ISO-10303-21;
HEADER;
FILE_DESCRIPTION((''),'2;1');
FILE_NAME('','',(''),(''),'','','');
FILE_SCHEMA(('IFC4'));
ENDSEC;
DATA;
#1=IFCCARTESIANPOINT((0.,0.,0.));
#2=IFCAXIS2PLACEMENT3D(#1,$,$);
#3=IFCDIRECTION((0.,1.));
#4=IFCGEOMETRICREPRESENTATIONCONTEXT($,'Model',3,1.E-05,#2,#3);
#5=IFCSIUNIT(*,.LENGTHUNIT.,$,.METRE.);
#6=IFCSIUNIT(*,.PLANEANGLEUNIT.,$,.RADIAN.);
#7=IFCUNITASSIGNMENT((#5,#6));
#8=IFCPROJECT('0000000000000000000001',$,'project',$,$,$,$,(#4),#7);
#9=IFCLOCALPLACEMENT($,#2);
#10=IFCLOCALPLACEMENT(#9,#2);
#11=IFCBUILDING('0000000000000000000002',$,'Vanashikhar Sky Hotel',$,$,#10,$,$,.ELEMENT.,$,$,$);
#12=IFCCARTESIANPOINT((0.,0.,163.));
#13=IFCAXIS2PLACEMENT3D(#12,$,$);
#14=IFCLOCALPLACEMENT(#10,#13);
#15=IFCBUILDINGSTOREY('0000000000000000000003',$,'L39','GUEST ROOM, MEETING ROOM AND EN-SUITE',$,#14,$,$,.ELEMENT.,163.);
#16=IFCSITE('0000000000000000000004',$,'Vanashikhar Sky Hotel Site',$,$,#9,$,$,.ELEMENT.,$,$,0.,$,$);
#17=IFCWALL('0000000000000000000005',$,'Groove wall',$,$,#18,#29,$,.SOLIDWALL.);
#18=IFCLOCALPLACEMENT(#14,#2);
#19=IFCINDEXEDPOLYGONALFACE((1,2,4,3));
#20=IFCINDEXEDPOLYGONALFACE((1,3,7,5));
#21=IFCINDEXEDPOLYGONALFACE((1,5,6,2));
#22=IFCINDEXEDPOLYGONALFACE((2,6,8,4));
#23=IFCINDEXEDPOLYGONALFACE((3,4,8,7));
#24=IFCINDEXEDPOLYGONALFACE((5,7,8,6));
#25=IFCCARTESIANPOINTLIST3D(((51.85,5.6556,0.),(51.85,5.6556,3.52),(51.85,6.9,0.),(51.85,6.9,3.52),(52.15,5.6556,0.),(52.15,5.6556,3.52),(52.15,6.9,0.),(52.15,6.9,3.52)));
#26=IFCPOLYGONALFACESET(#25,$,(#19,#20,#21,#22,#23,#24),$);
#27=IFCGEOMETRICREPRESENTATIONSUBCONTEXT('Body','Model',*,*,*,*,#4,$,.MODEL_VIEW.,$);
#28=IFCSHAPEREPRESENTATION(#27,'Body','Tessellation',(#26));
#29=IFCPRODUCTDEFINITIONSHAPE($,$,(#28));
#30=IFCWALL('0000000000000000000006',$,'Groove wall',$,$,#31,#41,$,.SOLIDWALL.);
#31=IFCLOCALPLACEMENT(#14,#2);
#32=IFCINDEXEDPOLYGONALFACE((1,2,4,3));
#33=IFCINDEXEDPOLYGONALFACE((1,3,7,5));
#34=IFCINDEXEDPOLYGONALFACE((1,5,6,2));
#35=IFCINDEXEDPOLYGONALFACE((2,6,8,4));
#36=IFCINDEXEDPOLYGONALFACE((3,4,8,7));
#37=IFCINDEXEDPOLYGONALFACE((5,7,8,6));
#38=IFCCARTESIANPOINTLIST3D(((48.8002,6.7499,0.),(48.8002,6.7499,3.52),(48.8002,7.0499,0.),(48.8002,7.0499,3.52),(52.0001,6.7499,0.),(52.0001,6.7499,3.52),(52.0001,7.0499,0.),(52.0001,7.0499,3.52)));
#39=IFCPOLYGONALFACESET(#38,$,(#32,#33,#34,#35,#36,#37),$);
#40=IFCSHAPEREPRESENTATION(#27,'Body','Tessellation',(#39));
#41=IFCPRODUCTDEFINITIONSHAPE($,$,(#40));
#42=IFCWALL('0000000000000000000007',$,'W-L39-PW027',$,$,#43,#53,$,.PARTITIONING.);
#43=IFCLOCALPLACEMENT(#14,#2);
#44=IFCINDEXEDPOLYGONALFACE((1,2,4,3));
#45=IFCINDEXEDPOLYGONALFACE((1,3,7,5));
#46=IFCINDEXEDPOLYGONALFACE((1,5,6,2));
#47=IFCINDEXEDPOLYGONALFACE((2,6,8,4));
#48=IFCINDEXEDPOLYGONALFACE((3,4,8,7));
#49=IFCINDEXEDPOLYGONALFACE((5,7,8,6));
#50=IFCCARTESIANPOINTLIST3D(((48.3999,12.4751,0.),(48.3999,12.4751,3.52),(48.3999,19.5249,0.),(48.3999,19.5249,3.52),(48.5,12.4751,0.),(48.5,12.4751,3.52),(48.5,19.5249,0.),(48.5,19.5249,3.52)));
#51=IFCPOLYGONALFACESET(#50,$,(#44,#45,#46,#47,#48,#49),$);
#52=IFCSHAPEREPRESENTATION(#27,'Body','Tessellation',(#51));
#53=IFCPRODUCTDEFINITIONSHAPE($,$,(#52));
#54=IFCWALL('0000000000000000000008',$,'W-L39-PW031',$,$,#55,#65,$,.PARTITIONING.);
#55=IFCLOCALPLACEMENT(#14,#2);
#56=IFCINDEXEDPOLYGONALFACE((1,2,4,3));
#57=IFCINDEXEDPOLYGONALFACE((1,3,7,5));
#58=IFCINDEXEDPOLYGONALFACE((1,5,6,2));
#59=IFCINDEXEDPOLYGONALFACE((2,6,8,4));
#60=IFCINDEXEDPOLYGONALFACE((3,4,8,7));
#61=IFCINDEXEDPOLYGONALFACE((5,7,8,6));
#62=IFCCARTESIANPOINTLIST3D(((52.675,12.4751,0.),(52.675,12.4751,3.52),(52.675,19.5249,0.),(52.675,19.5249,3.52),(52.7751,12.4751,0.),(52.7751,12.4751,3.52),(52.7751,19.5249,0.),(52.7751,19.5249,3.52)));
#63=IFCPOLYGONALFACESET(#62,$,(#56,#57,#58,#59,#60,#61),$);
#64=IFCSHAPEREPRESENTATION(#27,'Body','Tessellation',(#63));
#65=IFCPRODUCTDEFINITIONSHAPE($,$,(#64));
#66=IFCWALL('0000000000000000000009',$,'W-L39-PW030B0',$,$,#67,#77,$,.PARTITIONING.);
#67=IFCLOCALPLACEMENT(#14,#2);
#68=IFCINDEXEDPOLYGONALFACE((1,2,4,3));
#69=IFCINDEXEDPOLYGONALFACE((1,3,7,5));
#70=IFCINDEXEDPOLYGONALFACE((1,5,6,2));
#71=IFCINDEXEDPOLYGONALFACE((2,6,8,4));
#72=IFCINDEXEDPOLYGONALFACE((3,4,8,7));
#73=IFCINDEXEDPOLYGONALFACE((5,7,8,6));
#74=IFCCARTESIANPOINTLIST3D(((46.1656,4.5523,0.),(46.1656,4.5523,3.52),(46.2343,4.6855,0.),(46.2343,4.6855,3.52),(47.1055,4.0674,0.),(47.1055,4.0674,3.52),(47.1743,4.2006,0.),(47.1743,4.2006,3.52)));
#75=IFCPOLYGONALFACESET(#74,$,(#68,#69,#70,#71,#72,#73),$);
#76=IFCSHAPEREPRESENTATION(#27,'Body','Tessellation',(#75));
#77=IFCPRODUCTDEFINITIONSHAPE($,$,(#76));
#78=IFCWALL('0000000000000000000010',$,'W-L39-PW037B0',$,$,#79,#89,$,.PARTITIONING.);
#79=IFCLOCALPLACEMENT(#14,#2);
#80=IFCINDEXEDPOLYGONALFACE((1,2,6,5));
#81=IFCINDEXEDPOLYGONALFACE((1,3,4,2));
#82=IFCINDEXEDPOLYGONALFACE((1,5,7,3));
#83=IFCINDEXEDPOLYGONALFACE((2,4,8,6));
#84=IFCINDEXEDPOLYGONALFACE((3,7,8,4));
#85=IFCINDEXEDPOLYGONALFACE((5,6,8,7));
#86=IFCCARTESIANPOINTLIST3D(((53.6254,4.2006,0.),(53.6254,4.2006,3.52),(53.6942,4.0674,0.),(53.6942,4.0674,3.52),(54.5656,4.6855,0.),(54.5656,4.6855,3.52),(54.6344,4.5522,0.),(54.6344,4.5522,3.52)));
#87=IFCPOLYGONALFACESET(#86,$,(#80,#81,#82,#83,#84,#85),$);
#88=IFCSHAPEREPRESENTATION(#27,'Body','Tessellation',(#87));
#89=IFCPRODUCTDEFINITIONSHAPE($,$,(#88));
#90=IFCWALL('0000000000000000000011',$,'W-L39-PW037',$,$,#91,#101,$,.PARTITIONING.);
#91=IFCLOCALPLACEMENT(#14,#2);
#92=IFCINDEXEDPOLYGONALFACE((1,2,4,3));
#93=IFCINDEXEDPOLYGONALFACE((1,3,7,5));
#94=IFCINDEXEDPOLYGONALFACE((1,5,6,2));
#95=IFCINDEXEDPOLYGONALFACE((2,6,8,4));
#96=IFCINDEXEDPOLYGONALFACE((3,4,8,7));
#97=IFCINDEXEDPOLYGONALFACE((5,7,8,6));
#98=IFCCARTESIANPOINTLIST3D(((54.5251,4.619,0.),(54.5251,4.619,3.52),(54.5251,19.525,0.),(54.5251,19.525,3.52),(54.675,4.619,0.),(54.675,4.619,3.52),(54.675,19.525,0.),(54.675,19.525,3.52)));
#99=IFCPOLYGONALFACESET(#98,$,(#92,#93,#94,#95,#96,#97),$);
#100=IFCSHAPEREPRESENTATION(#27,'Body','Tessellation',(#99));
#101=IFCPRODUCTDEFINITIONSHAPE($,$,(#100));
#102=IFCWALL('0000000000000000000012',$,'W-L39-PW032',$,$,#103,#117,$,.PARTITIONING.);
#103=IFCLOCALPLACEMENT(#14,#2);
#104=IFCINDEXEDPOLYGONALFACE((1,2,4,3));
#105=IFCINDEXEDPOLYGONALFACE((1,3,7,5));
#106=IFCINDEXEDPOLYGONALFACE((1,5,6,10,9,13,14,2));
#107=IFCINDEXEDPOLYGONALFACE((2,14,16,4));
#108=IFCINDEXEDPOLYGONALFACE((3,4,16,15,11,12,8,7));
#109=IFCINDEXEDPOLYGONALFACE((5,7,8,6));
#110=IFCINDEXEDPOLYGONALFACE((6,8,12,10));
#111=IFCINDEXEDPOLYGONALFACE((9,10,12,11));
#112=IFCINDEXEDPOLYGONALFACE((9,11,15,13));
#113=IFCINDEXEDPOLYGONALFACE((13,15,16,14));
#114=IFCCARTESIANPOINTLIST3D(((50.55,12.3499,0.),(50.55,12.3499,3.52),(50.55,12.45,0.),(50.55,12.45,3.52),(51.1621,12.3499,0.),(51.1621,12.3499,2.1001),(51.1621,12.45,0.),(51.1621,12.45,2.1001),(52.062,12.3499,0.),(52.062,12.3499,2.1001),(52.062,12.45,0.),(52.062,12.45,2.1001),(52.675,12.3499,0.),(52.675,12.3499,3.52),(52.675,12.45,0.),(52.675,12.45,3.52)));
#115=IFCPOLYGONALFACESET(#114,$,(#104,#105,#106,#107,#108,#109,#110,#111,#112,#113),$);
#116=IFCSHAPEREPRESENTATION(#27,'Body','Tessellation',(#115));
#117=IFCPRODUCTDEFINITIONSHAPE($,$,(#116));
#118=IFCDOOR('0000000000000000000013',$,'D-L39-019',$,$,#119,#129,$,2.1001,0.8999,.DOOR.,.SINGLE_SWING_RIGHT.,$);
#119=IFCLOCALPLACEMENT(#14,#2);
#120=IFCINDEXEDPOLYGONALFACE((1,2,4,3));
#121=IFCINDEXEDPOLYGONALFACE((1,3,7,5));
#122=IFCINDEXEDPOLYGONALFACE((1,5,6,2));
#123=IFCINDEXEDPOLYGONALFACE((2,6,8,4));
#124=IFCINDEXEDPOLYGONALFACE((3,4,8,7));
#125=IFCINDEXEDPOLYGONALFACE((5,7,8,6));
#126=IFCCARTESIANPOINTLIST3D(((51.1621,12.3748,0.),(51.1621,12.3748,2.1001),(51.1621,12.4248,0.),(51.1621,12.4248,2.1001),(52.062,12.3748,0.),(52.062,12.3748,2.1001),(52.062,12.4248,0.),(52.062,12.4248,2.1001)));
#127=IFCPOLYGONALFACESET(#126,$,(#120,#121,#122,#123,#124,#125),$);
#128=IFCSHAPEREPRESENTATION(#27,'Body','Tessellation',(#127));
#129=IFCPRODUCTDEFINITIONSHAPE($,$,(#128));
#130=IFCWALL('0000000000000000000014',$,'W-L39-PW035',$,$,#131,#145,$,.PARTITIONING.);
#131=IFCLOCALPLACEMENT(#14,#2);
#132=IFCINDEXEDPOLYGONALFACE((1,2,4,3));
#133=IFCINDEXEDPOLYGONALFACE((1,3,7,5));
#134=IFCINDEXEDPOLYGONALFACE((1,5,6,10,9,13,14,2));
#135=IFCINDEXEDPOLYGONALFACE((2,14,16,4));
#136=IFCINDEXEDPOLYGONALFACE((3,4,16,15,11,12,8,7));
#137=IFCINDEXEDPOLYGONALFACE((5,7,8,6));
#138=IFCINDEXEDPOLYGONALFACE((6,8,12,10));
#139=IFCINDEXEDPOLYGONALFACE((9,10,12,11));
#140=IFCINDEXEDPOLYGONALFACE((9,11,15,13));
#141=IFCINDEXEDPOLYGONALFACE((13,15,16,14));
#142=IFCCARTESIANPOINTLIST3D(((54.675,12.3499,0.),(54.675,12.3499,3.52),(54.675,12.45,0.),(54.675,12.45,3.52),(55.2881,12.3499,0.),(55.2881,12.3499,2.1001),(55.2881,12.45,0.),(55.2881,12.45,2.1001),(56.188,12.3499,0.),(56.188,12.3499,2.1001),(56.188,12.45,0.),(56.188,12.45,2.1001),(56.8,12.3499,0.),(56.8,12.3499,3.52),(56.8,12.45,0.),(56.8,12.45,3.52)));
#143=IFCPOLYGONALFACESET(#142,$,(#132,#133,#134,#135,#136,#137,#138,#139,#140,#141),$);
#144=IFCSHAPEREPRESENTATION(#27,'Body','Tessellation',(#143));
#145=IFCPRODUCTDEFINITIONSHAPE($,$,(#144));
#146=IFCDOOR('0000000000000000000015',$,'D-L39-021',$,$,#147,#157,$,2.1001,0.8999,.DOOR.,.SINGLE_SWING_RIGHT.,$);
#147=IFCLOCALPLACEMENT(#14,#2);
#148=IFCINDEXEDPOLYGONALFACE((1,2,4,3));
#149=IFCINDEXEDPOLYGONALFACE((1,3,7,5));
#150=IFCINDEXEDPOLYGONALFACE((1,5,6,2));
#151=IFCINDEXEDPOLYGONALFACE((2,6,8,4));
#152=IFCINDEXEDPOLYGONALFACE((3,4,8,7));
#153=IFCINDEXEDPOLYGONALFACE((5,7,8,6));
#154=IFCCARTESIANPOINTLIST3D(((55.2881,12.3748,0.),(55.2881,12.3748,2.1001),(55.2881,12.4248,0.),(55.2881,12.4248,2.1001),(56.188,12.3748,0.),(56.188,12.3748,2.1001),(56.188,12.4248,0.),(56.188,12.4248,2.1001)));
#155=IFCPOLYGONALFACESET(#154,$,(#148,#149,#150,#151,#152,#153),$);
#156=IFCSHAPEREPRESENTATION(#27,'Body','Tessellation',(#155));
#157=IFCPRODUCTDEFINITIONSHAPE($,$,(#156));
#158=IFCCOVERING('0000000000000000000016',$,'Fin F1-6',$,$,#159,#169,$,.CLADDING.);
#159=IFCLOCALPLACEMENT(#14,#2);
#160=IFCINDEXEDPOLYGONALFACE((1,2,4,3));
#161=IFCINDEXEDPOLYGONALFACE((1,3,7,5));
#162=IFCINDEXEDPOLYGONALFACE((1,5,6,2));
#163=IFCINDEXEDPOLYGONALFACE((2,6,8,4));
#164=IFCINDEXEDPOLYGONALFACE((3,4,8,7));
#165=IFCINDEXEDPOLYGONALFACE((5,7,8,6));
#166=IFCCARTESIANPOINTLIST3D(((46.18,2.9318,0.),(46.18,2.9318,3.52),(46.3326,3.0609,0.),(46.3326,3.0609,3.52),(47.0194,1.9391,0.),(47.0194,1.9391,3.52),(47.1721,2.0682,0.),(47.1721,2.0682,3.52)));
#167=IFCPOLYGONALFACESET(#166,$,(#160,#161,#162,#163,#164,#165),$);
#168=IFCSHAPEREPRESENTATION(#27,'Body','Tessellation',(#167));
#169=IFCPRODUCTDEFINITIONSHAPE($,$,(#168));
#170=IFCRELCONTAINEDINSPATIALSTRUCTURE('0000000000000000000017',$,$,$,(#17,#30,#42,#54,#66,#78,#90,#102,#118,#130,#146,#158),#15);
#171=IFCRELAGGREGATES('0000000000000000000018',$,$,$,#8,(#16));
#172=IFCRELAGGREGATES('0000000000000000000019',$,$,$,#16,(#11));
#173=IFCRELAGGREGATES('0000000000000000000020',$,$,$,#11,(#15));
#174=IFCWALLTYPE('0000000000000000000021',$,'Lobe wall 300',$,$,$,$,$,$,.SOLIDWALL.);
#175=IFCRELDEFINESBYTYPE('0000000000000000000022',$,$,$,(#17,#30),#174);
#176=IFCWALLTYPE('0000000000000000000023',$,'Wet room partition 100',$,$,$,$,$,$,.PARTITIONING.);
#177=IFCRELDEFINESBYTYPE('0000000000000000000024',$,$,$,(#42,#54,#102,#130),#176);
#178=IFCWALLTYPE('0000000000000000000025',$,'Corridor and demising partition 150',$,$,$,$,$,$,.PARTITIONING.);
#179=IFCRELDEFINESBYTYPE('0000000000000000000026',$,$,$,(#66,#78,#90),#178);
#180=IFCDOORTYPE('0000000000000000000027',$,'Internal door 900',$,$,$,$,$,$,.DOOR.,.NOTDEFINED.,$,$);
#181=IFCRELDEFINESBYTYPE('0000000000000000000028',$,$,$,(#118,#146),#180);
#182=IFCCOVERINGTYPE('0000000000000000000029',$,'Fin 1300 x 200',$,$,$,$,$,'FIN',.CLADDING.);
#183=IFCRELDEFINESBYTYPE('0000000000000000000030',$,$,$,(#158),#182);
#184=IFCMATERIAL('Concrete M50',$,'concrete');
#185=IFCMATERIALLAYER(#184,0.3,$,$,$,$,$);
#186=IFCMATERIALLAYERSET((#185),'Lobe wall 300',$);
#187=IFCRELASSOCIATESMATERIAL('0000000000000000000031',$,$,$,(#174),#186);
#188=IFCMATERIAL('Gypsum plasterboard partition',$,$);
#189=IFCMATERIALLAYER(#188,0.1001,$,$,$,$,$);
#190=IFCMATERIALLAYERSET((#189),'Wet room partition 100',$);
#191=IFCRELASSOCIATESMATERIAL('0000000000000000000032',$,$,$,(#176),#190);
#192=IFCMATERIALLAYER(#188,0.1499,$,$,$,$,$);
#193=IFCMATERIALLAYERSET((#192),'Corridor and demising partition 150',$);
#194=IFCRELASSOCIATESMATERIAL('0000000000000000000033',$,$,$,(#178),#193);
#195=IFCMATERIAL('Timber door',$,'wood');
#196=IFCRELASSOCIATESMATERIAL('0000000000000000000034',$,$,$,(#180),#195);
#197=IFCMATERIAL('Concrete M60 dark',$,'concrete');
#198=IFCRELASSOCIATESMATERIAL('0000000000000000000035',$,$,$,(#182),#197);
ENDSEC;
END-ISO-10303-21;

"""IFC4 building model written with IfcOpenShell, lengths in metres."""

from ifc_helpers import new_model, si_unit, direction, frame, frame_2d, origin, origin_2d, place, context, subcontext, project, spatial, rectangle, extrude, source, transform, mapped, material, layer, layer_set, material_profile, profile_set, type_object, element, fill, save


model = new_model("IFC4")

# Units and contexts
model_context = context("Model", 3, precision=1e-05, world=origin(), true_north=direction((0.0, 1.0)))
body_context = subcontext(model_context, "Body", "Model", "MODEL_VIEW")
ifc_project = project(units=[si_unit("LENGTHUNIT", "METRE"), si_unit("PLANEANGLEUNIT", "RADIAN")], contexts=[model_context])

# Site, building, storey
site_placement = place(None, origin())
site = spatial("IfcSite", under=ifc_project, at=site_placement, Name="Vanashikhar Sky Hotel Site", CompositionType="ELEMENT", RefElevation=0.0)
building_placement = place(site_placement, origin())
building = spatial("IfcBuilding", under=site, at=building_placement, Name="Vanashikhar Sky Hotel", CompositionType="ELEMENT")
storey_placement = place(building_placement, frame((0.0, 0.0, 163.0)))
storey = spatial("IfcBuildingStorey", under=building, at=storey_placement, Name="L39", Description="GUEST ROOM, MEETING ROOM AND EN-SUITE", CompositionType="ELEMENT", Elevation=163.0)

# Shared definitions
ifc_material_1 = material(Name="Concrete M50", Category="concrete")

# Shared definitions
ifc_layer_1 = layer(ifc_material_1, 0.3)
ifc_layer_set_1 = layer_set([ifc_layer_1], Name="Lobe wall 300")
wall_type_1 = type_object("IfcWallType", Name="Lobe wall 300", PredefinedType="SOLIDWALL", material=ifc_layer_set_1)

# Walls
shared_shape_1 = source(origin(), body_context, "Body", "SweptSolid", [
    extrude(rectangle(XDim=1.2444, YDim=0.3, at=frame_2d((0.6221, 0.0))), origin(), (0.0, 0.0, 1.0), 3.52),
])
for number, where, z_axis, x_axis, name in (
    (1, (52.0, 6.8999, 0.0), (0.0, 0.0, 1.0), (0.0, -1.0, 0.0), "Groove wall"),
):
    element("IfcWall", number, at=place(storey_placement, frame(where, z_axis=z_axis, x_axis=x_axis)), inside=storey, type_object=wall_type_1, Name=name, PredefinedType="SOLIDWALL", context=body_context, shape_type="MappedRepresentation", body=[
        mapped(shared_shape_1, transform((0.0, 0.0, 0.0), scale=1.0)),
    ])
shared_shape_2 = source(origin(), body_context, "Body", "SweptSolid", [
    extrude(rectangle(XDim=3.2, YDim=0.3, at=frame_2d((1.6001, 0.0))), origin(), (0.0, 0.0, 1.0), 3.52),
])
wall_1_placement = place(storey_placement, frame((48.8, 6.8999, 0.0), z_axis=(0.0, 0.0, 1.0), x_axis=(1.0, 0.0, 0.0)))
element("IfcWall", 2, at=wall_1_placement, inside=storey, type_object=wall_type_1, Name="Groove wall", PredefinedType="SOLIDWALL", context=body_context, shape_type="MappedRepresentation", body=[
    mapped(shared_shape_2, transform((0.0, 0.0, 0.0), scale=1.0)),
])
ifc_material_2 = material(Name="Gypsum plasterboard partition")
ifc_layer_2 = layer(ifc_material_2, 0.1001)
ifc_layer_set_2 = layer_set([ifc_layer_2], Name="Wet room partition 100")
wall_type_2 = type_object("IfcWallType", Name="Wet room partition 100", PredefinedType="PARTITIONING", material=ifc_layer_set_2)
shared_shape_3 = source(origin(), body_context, "Body", "SweptSolid", [
    extrude(rectangle(XDim=7.0498, YDim=0.1001, at=frame_2d((3.5249, 0.0))), origin(), (0.0, 0.0, 1.0), 3.52),
])
for number, where, z_axis, x_axis, name in (
    (3, (48.45, 12.4751, 0.0), (0.0, 0.0, 1.0), (0.0, 1.0, 0.0), "W-L39-PW027"),
    (4, (52.7251, 12.4751, 0.0), (0.0, 0.0, 1.0), (0.0, 1.0, 0.0), "W-L39-PW031"),
):
    element("IfcWall", number, at=place(storey_placement, frame(where, z_axis=z_axis, x_axis=x_axis)), inside=storey, type_object=wall_type_2, Name=name, PredefinedType="PARTITIONING", context=body_context, shape_type="MappedRepresentation", body=[
        mapped(shared_shape_3, transform((0.0, 0.0, 0.0), scale=1.0)),
    ])
ifc_layer_3 = layer(ifc_material_2, 0.1499)
ifc_layer_set_3 = layer_set([ifc_layer_3], Name="Corridor and demising partition 150")
wall_type_3 = type_object("IfcWallType", Name="Corridor and demising partition 150", PredefinedType="PARTITIONING", material=ifc_layer_set_3)
shared_shape_4 = source(origin(), body_context, "Body", "SweptSolid", [
    extrude(rectangle(XDim=1.0576, YDim=0.1499, at=frame_2d((0.5288, 0.0))), origin(), (0.0, 0.0, 1.0), 3.52),
])
wall_2_placement = place(storey_placement, frame((47.1399, 4.134, 0.0), z_axis=(0.0, 0.0, 1.0), x_axis=(-0.888724, 0.458443, 0.0)))
element("IfcWall", 5, at=wall_2_placement, inside=storey, type_object=wall_type_3, Name="W-L39-PW030B0", PredefinedType="PARTITIONING", context=body_context, shape_type="MappedRepresentation", body=[
    mapped(shared_shape_4, transform((0.0, 0.0, 0.0), scale=1.0)),
])
shared_shape_5 = source(origin(), body_context, "Body", "SweptSolid", [
    extrude(rectangle(XDim=1.0579, YDim=0.1499, at=frame_2d((0.5288, 0.0))), origin(), (0.0, 0.0, 1.0), 3.52),
])
wall_3_placement = place(storey_placement, frame((53.6599, 4.134, 0.0), z_axis=(0.0, 0.0, 1.0), x_axis=(0.888772, 0.458349, 0.0)))
element("IfcWall", 6, at=wall_3_placement, inside=storey, type_object=wall_type_3, Name="W-L39-PW037B0", PredefinedType="PARTITIONING", context=body_context, shape_type="MappedRepresentation", body=[
    mapped(shared_shape_5, transform((0.0, 0.0, 0.0), scale=1.0)),
])
shared_shape_6 = source(origin(), body_context, "Body", "SweptSolid", [
    extrude(rectangle(XDim=14.906, YDim=0.1499, at=frame_2d((7.4531, 0.0))), origin(), (0.0, 0.0, 1.0), 3.52),
])
wall_4_placement = place(storey_placement, frame((54.6001, 4.6189, 0.0), z_axis=(0.0, 0.0, 1.0), x_axis=(0.0, 1.0, 0.0)))
element("IfcWall", 7, at=wall_4_placement, inside=storey, type_object=wall_type_3, Name="W-L39-PW037", PredefinedType="PARTITIONING", context=body_context, shape_type="MappedRepresentation", body=[
    mapped(shared_shape_6, transform((0.0, 0.0, 0.0), scale=1.0)),
])

# Walls, openings, doors
shared_shape_7 = source(origin(), body_context, "Body", "SweptSolid", [
    extrude(rectangle(XDim=2.125, YDim=0.1001, at=frame_2d((1.0625, 0.0))), origin(), (0.0, 0.0, 1.0), 3.52),
])
wall_5_placement = place(storey_placement, frame((50.55, 12.3999, 0.0), z_axis=(0.0, 0.0, 1.0), x_axis=(1.0, 0.0, 0.0)))
wall_5 = element("IfcWall", 8, at=wall_5_placement, inside=storey, type_object=wall_type_2, Name="W-L39-PW032", PredefinedType="PARTITIONING", context=body_context, shape_type="MappedRepresentation", body=[
    mapped(shared_shape_7, transform((0.0, 0.0, 0.0), scale=1.0)),
])
shared_shape_8 = source(origin(), body_context, "Body", "SweptSolid", [
    extrude(rectangle(XDim=0.8999, YDim=2.1001, at=frame_2d((0.45, 1.05))), frame((0.0, 0.0601, 0.0), z_axis=(0.0, -1.0, 0.0), x_axis=(1.0, 0.0, 0.0)), (0.0, 0.0, 1.0), 0.1201),
])
opening_1_placement = place(wall_5_placement, frame((0.6121, 0.0, 0.0)))
opening_1 = element("IfcOpeningElement", 9, at=opening_1_placement, cuts=wall_5, PredefinedType="OPENING", context=body_context, shape_type="MappedRepresentation", body=[
    mapped(shared_shape_8, transform((0.0, 0.0, 0.0), scale=1.0)),
])
ifc_material_3 = material(Name="Timber door", Category="wood")
door_type = type_object("IfcDoorType", Name="Internal door 900", OperationType="NOTDEFINED", PredefinedType="DOOR", material=ifc_material_3)
shared_shape_9 = source(origin(), body_context, "Body", "SweptSolid", [
    extrude(rectangle(XDim=0.8999, YDim=2.1001, at=frame_2d((0.45, 1.05))), frame((0.0, 0.0249, 0.0), z_axis=(0.0, -1.0, 0.0), x_axis=(1.0, 0.0, 0.0)), (0.0, 0.0, 1.0), 0.05),
])
door_1_placement = place(opening_1_placement, origin())
door_1 = element("IfcDoor", 10, at=door_1_placement, inside=storey, type_object=door_type, Name="D-L39-019", OperationType="SINGLE_SWING_RIGHT", OverallHeight=2.1001, OverallWidth=0.8999, PredefinedType="DOOR", context=body_context, shape_type="MappedRepresentation", body=[
    mapped(shared_shape_9, transform((0.0, 0.0, 0.0), scale=1.0)),
])
fill(opening_1, door_1)
wall_6_placement = place(storey_placement, frame((54.675, 12.3999, 0.0), z_axis=(0.0, 0.0, 1.0), x_axis=(1.0, 0.0, 0.0)))
wall_6 = element("IfcWall", 11, at=wall_6_placement, inside=storey, type_object=wall_type_2, Name="W-L39-PW035", PredefinedType="PARTITIONING", context=body_context, shape_type="MappedRepresentation", body=[
    mapped(shared_shape_7, transform((0.0, 0.0, 0.0), scale=1.0)),
])
opening_2_placement = place(wall_6_placement, frame((0.613, 0.0, 0.0)))
opening_2 = element("IfcOpeningElement", 12, at=opening_2_placement, cuts=wall_6, PredefinedType="OPENING", context=body_context, shape_type="MappedRepresentation", body=[
    mapped(shared_shape_8, transform((0.0, 0.0, 0.0), scale=1.0)),
])
door_2_placement = place(opening_2_placement, origin())
door_2 = element("IfcDoor", 13, at=door_2_placement, inside=storey, type_object=door_type, Name="D-L39-021", OperationType="SINGLE_SWING_RIGHT", OverallHeight=2.1001, OverallWidth=0.8999, PredefinedType="DOOR", context=body_context, shape_type="MappedRepresentation", body=[
    mapped(shared_shape_9, transform((0.0, 0.0, 0.0), scale=1.0)),
])
fill(opening_2, door_2)

# Covering
ifc_material_4 = material(Name="Concrete M60 dark", Category="concrete")
ifc_material_profile_1 = material_profile(ifc_material_4, rectangle(XDim=1.3, YDim=0.2, at=origin_2d()))
ifc_profile_set_1 = profile_set([ifc_material_profile_1], Name="Fin 1300 x 200")
covering_type = type_object("IfcCoveringType", Name="Fin 1300 x 200", ElementType="FIN", PredefinedType="CLADDING", material=ifc_profile_set_1)
shared_shape_10 = source(origin(), body_context, "Body", "SweptSolid", [
    extrude(rectangle(XDim=1.3, YDim=0.2, at=origin_2d()), origin(), (0.0, 0.0, 1.0), 3.52),
])
for number, where, z_axis, x_axis, name in (
    (14, (46.676, 2.5, 0.0), (0.0, 0.0, 1.0), (0.645698, -0.763593, 0.0), "Fin F1-6"),
):
    element("IfcCovering", number, at=place(storey_placement, frame(where, z_axis=z_axis, x_axis=x_axis)), inside=storey, type_object=covering_type, Name=name, PredefinedType="CLADDING", context=body_context, shape_type="MappedRepresentation", body=[
        mapped(shared_shape_10, transform((0.0, 0.0, 0.0), scale=1.0)),
    ])

save(model, "model.ifc")
